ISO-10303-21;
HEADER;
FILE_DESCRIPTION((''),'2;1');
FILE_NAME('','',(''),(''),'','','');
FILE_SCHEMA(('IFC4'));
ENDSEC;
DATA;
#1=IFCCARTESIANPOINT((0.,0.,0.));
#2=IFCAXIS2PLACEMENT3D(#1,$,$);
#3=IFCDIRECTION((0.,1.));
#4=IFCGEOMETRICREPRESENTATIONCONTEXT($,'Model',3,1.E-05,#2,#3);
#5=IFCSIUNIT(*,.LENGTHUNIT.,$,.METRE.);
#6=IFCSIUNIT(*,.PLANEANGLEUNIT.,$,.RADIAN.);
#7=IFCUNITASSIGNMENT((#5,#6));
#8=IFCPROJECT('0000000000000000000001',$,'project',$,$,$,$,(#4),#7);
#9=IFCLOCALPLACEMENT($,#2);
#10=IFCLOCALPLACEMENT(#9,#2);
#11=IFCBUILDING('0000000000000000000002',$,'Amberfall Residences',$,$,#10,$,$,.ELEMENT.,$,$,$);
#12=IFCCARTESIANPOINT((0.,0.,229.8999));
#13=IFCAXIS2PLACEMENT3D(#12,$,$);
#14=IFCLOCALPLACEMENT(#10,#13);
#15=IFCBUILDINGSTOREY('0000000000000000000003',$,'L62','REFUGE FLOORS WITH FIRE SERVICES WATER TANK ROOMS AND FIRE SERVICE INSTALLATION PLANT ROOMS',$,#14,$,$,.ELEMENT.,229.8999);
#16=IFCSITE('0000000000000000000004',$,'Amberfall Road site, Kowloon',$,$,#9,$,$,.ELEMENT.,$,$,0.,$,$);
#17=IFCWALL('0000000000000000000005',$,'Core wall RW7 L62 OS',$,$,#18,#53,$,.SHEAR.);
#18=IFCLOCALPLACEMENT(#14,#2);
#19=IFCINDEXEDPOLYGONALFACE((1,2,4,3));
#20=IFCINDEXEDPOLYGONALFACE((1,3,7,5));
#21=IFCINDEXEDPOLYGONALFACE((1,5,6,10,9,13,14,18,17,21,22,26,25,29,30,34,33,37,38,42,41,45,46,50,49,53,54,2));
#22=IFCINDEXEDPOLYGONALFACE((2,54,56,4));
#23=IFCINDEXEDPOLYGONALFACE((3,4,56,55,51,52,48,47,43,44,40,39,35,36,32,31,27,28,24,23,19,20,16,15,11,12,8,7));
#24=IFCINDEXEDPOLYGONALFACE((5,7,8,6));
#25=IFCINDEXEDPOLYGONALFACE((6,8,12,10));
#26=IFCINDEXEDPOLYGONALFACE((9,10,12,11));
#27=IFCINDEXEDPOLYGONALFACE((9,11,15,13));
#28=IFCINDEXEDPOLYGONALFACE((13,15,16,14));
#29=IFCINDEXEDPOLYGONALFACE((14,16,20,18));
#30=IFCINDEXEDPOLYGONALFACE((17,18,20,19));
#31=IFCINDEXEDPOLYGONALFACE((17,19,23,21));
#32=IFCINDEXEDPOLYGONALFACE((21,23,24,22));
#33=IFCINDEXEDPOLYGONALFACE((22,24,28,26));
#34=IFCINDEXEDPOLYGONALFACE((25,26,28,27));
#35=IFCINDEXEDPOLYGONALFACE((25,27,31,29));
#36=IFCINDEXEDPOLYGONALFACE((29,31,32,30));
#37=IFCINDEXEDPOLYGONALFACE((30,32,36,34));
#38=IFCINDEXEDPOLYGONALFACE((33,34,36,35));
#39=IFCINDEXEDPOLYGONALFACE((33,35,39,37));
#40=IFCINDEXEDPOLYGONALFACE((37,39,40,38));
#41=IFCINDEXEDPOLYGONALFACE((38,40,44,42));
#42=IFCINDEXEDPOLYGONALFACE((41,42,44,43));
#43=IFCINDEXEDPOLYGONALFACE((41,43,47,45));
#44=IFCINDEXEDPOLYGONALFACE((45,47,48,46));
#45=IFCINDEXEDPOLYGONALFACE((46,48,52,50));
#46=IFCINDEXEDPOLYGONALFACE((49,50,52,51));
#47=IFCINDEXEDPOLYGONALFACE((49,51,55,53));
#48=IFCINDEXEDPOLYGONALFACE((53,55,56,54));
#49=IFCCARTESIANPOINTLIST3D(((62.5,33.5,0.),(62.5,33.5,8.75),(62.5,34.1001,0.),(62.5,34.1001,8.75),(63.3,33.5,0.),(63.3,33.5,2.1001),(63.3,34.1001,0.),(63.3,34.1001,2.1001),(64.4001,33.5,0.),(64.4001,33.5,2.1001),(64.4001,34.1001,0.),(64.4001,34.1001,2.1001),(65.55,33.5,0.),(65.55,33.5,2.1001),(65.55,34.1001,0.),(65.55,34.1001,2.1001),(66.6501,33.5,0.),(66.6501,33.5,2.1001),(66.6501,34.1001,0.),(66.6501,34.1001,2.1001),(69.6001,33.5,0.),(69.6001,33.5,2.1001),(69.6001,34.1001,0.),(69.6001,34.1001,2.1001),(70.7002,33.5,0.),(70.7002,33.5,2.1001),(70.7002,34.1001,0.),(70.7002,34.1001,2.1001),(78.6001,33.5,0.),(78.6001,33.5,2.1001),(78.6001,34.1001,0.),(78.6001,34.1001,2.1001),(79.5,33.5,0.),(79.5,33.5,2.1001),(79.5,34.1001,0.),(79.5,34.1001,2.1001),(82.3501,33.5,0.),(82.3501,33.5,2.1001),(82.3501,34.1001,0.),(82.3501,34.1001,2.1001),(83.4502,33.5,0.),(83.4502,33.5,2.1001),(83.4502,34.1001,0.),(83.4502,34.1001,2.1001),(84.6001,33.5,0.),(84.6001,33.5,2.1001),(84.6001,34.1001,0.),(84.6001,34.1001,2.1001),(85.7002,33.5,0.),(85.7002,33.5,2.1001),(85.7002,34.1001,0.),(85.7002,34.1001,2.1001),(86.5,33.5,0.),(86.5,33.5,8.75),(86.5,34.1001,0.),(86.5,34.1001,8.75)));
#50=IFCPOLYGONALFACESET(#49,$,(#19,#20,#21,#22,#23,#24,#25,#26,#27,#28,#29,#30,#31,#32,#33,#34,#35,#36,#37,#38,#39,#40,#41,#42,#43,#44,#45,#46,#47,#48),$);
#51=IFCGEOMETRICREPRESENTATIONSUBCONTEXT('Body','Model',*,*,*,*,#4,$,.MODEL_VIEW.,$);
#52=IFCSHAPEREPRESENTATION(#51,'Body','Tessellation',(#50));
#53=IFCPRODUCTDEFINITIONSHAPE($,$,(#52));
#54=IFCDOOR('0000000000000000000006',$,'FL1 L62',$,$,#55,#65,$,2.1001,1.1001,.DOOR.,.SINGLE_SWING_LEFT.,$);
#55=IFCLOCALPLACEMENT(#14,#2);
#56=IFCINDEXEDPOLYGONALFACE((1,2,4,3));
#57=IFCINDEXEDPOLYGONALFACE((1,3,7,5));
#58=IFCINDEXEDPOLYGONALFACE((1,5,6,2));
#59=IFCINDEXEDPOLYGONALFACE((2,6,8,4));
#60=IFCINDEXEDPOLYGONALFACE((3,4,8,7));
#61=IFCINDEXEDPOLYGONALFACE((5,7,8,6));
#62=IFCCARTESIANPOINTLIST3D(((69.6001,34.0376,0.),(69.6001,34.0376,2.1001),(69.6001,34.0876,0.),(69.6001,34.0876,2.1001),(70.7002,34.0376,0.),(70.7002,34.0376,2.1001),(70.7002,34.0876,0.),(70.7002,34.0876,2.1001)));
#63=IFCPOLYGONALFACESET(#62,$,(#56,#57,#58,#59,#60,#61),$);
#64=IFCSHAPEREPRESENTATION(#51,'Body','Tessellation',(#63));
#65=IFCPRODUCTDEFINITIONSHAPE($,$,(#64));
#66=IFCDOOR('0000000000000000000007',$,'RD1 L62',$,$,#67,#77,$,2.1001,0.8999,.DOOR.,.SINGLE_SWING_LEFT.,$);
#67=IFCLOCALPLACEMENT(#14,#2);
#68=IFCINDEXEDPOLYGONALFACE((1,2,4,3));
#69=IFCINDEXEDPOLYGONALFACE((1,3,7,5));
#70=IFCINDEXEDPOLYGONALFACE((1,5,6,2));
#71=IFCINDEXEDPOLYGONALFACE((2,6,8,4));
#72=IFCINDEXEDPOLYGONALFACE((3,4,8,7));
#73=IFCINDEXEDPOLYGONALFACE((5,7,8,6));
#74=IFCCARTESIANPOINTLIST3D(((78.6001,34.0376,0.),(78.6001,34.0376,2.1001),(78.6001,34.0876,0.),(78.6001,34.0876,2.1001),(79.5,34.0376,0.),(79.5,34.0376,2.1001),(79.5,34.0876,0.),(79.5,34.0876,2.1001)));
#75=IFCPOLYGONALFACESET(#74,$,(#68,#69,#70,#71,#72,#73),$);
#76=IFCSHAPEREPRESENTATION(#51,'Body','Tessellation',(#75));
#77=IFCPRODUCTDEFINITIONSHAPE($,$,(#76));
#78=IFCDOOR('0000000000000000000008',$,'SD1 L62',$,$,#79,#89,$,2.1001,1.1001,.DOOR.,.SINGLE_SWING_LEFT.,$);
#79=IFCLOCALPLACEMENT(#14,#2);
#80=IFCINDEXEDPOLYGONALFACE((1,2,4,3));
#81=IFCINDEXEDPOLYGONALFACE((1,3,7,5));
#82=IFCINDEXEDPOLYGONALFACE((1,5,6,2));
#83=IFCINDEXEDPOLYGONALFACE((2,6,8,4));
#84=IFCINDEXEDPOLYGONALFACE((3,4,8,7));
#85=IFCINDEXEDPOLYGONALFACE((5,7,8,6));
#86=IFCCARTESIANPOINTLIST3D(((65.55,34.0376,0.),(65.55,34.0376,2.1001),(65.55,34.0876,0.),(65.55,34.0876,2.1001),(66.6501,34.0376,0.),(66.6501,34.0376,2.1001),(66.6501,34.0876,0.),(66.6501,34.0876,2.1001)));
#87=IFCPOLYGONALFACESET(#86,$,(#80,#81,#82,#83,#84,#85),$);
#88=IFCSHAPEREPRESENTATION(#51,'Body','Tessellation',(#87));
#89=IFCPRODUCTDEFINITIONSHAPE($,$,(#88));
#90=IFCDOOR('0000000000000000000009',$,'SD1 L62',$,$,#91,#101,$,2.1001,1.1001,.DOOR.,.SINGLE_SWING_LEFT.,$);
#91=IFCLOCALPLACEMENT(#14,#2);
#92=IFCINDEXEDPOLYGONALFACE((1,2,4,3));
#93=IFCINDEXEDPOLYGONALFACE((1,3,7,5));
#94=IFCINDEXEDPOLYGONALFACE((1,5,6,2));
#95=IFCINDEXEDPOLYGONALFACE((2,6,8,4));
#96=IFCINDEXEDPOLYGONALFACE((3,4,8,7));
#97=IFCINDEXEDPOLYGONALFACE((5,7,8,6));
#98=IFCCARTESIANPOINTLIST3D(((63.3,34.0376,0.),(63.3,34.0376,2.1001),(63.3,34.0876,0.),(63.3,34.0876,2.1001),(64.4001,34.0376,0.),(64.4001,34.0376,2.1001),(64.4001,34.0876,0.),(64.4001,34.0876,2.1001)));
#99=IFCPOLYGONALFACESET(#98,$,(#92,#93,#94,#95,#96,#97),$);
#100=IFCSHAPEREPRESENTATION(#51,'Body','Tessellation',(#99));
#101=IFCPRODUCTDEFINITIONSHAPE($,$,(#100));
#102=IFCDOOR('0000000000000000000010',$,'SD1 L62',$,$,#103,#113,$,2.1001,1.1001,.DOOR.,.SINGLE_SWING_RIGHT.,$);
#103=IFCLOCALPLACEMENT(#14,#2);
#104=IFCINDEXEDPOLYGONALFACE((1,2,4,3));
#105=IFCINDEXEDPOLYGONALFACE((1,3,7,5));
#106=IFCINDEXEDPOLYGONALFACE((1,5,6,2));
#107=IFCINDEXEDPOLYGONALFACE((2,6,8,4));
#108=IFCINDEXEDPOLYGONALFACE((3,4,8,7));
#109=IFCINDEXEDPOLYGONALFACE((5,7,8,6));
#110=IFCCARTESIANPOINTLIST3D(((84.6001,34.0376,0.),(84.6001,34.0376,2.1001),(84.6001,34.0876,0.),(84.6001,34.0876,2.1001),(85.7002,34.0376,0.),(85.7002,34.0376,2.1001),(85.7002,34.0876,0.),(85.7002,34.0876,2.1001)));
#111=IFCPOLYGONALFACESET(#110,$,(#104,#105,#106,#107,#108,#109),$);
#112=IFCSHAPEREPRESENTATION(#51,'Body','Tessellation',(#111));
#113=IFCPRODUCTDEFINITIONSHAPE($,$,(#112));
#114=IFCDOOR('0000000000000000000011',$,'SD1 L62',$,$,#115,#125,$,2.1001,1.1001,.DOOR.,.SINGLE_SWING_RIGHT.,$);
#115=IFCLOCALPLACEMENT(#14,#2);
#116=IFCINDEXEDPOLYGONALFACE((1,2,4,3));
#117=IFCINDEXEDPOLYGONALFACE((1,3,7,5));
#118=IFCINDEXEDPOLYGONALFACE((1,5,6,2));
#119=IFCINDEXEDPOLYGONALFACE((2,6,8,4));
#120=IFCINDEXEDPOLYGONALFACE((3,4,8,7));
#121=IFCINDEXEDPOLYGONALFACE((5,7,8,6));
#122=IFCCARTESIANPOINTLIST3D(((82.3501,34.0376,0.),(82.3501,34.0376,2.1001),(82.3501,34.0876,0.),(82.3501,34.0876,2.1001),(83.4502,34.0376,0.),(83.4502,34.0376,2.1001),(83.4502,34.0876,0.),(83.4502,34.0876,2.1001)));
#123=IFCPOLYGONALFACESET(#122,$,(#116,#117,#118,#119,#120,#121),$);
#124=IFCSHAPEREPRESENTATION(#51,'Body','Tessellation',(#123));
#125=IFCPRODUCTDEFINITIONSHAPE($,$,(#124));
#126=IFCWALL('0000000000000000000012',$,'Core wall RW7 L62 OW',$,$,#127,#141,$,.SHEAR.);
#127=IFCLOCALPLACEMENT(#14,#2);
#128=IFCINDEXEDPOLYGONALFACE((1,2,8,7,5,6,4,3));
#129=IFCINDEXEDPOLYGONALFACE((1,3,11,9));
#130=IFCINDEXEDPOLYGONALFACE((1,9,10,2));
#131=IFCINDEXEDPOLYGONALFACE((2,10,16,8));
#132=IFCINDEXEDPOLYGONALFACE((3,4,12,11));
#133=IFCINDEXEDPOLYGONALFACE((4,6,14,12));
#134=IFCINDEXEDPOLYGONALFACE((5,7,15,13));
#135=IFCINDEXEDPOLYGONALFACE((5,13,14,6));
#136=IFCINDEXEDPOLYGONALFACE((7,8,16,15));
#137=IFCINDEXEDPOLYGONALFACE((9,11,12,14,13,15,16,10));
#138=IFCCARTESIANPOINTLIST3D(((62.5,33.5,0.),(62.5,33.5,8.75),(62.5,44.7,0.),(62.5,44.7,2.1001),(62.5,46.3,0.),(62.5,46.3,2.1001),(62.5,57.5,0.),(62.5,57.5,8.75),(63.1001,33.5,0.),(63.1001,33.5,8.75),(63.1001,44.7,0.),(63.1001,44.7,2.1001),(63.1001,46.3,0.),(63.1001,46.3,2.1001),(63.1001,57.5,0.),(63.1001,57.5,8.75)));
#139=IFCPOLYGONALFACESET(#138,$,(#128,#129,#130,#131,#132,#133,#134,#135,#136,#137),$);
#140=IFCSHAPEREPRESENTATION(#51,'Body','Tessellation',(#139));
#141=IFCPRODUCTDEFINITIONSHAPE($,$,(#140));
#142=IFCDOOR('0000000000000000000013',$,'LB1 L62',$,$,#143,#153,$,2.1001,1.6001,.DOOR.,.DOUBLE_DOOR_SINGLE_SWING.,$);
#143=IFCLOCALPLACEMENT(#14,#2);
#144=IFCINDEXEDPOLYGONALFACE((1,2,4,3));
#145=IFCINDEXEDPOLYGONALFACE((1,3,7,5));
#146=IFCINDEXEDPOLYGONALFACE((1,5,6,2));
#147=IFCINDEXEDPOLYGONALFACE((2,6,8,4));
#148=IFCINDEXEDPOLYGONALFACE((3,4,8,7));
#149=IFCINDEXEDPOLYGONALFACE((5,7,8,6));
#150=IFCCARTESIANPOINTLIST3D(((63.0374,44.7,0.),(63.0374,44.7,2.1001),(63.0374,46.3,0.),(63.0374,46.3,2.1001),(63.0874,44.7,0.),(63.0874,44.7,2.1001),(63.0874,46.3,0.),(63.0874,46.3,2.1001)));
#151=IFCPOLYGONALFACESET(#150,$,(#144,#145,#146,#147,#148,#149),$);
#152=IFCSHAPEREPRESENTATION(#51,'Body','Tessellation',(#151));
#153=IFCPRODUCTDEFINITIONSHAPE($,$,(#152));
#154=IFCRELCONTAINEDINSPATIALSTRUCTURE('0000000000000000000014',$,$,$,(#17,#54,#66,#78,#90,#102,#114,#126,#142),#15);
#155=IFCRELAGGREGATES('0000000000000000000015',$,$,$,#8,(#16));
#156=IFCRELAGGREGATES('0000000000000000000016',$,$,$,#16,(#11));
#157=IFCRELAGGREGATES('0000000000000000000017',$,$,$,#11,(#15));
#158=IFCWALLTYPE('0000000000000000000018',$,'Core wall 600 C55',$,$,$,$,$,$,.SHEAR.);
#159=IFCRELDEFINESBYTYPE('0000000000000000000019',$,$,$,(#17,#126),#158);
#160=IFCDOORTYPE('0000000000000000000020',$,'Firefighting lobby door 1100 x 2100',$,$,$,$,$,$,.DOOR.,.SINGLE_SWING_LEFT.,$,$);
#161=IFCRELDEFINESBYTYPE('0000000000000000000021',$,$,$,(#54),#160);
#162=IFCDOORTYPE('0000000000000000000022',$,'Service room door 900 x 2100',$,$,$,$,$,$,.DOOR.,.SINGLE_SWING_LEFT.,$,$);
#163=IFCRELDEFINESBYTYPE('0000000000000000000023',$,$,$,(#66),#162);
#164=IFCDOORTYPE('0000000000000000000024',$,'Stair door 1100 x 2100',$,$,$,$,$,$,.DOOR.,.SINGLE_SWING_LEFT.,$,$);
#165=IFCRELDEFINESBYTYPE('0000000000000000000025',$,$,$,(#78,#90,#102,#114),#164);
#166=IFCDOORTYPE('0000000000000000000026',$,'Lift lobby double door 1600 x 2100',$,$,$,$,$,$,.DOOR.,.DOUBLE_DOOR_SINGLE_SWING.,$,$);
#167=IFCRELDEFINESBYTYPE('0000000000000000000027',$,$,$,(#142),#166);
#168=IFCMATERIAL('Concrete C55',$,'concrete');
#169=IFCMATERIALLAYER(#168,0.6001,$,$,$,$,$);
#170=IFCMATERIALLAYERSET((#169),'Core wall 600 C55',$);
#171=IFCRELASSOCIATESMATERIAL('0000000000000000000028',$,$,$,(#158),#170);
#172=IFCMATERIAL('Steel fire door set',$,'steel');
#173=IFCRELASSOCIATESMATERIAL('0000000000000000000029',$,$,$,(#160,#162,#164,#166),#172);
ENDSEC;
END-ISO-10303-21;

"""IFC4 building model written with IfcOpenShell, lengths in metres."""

from ifc_helpers import new_model, si_unit, direction, frame, frame_2d, origin, place, context, subcontext, project, spatial, rectangle, extrude, material, layer, layer_set, type_object, element, fill, save


model = new_model("IFC4")

# Units and contexts
model_context = context("Model", 3, precision=1e-05, world=origin(), true_north=direction((0.0, 1.0)))
body_context = subcontext(model_context, "Body", "Model", "MODEL_VIEW")
ifc_project = project(units=[si_unit("LENGTHUNIT", "METRE"), si_unit("PLANEANGLEUNIT", "RADIAN")], contexts=[model_context])

# Site, building, storey
site_placement = place(None, origin())
site = spatial("IfcSite", under=ifc_project, at=site_placement, Name="Amberfall Road site, Kowloon", CompositionType="ELEMENT", RefElevation=0.0)
building_placement = place(site_placement, origin())
building = spatial("IfcBuilding", under=site, at=building_placement, Name="Amberfall Residences", CompositionType="ELEMENT")
storey_placement = place(building_placement, frame((0.0, 0.0, 229.8999)))
storey = spatial("IfcBuildingStorey", under=building, at=storey_placement, Name="L62", Description="REFUGE FLOORS WITH FIRE SERVICES WATER TANK ROOMS AND FIRE SERVICE INSTALLATION PLANT ROOMS", CompositionType="ELEMENT", Elevation=229.8999)

# Shared definitions
ifc_material_1 = material(Name="Concrete C55", Category="concrete")

# Wall, openings, doors
ifc_layer_1 = layer(ifc_material_1, 0.6001)
ifc_layer_set_1 = layer_set([ifc_layer_1], Name="Core wall 600 C55")
wall_type_1 = type_object("IfcWallType", Name="Core wall 600 C55", PredefinedType="SHEAR", material=ifc_layer_set_1)
wall_1_placement = place(storey_placement, frame((62.5, 33.8, 0.0), z_axis=(0.0, 0.0, 1.0), x_axis=(1.0, 0.0, 0.0)))
wall_1 = element("IfcWall", 1, at=wall_1_placement, inside=storey, type_object=wall_type_1, Name="Core wall RW7 L62 OS", PredefinedType="SHEAR", context=body_context, shape_type="SweptSolid", body=[
    extrude(rectangle(XDim=24.0, YDim=0.6001, at=frame_2d((12.0, 0.0))), origin(), (0.0, 0.0, 1.0), 8.75),
])
opening_1_placement = place(wall_1_placement, frame((3.05, 0.0, 0.0)))
opening_1 = element("IfcOpeningElement", 2, at=opening_1_placement, cuts=wall_1, PredefinedType="OPENING", context=body_context, shape_type="SweptSolid", body=[
    extrude(rectangle(XDim=1.1001, YDim=2.1001, at=frame_2d((0.55, 1.05))), frame((0.0, 0.3101, 0.0), z_axis=(0.0, -1.0, 0.0), x_axis=(1.0, 0.0, 0.0)), (0.0, 0.0, 1.0), 0.6201),
])
opening_2_placement = place(wall_1_placement, frame((0.8, 0.0, 0.0)))
opening_2 = element("IfcOpeningElement", 3, at=opening_2_placement, cuts=wall_1, PredefinedType="OPENING", context=body_context, shape_type="SweptSolid", body=[
    extrude(rectangle(XDim=1.1001, YDim=2.1001, at=frame_2d((0.55, 1.05))), frame((0.0, 0.3101, 0.0), z_axis=(0.0, -1.0, 0.0), x_axis=(1.0, 0.0, 0.0)), (0.0, 0.0, 1.0), 0.6201),
])
opening_3_placement = place(wall_1_placement, frame((22.1001, 0.0, 0.0)))
opening_3 = element("IfcOpeningElement", 4, at=opening_3_placement, cuts=wall_1, PredefinedType="OPENING", context=body_context, shape_type="SweptSolid", body=[
    extrude(rectangle(XDim=1.1001, YDim=2.1001, at=frame_2d((0.55, 1.05))), frame((0.0, 0.3101, 0.0), z_axis=(0.0, -1.0, 0.0), x_axis=(1.0, 0.0, 0.0)), (0.0, 0.0, 1.0), 0.6201),
])
opening_4_placement = place(wall_1_placement, frame((19.8501, 0.0, 0.0)))
opening_4 = element("IfcOpeningElement", 5, at=opening_4_placement, cuts=wall_1, PredefinedType="OPENING", context=body_context, shape_type="SweptSolid", body=[
    extrude(rectangle(XDim=1.1001, YDim=2.1001, at=frame_2d((0.55, 1.05))), frame((0.0, 0.3101, 0.0), z_axis=(0.0, -1.0, 0.0), x_axis=(1.0, 0.0, 0.0)), (0.0, 0.0, 1.0), 0.6201),
])
opening_5_placement = place(wall_1_placement, frame((7.1001, 0.0, 0.0)))
opening_5 = element("IfcOpeningElement", 6, at=opening_5_placement, cuts=wall_1, PredefinedType="OPENING", context=body_context, shape_type="SweptSolid", body=[
    extrude(rectangle(XDim=1.1001, YDim=2.1001, at=frame_2d((0.55, 1.05))), frame((0.0, 0.3101, 0.0), z_axis=(0.0, -1.0, 0.0), x_axis=(1.0, 0.0, 0.0)), (0.0, 0.0, 1.0), 0.6201),
])
opening_6_placement = place(wall_1_placement, frame((16.1001, 0.0, 0.0)))
opening_6 = element("IfcOpeningElement", 7, at=opening_6_placement, cuts=wall_1, PredefinedType="OPENING", context=body_context, shape_type="SweptSolid", body=[
    extrude(rectangle(XDim=0.8999, YDim=2.1001, at=frame_2d((0.45, 1.05))), frame((0.0, 0.3101, 0.0), z_axis=(0.0, -1.0, 0.0), x_axis=(1.0, 0.0, 0.0)), (0.0, 0.0, 1.0), 0.6201),
])
ifc_material_2 = material(Name="Steel fire door set", Category="steel")
door_type_1 = type_object("IfcDoorType", Name="Firefighting lobby door 1100 x 2100", OperationType="SINGLE_SWING_LEFT", PredefinedType="DOOR", material=ifc_material_2)
door_1_placement = place(opening_5_placement, origin())
door_1 = element("IfcDoor", 8, at=door_1_placement, inside=storey, type_object=door_type_1, Name="FL1 L62", OperationType="SINGLE_SWING_LEFT", OverallHeight=2.1001, OverallWidth=1.1001, PredefinedType="DOOR", context=body_context, shape_type="SweptSolid", body=[
    extrude(rectangle(XDim=1.1001, YDim=2.1001, at=frame_2d((0.55, 1.05))), frame((0.0, 0.2876, 0.0), z_axis=(0.0, -1.0, 0.0), x_axis=(1.0, 0.0, 0.0)), (0.0, 0.0, 1.0), 0.05),
])
fill(opening_5, door_1)
door_type_2 = type_object("IfcDoorType", Name="Service room door 900 x 2100", OperationType="SINGLE_SWING_LEFT", PredefinedType="DOOR", material=ifc_material_2)
door_2_placement = place(opening_6_placement, origin())
door_2 = element("IfcDoor", 9, at=door_2_placement, inside=storey, type_object=door_type_2, Name="RD1 L62", OperationType="SINGLE_SWING_LEFT", OverallHeight=2.1001, OverallWidth=0.8999, PredefinedType="DOOR", context=body_context, shape_type="SweptSolid", body=[
    extrude(rectangle(XDim=0.8999, YDim=2.1001, at=frame_2d((0.45, 1.05))), frame((0.0, 0.2876, 0.0), z_axis=(0.0, -1.0, 0.0), x_axis=(1.0, 0.0, 0.0)), (0.0, 0.0, 1.0), 0.05),
])
fill(opening_6, door_2)
door_type_3 = type_object("IfcDoorType", Name="Stair door 1100 x 2100", OperationType="SINGLE_SWING_LEFT", PredefinedType="DOOR", material=ifc_material_2)
door_3_placement = place(opening_1_placement, origin())
door_3 = element("IfcDoor", 10, at=door_3_placement, inside=storey, type_object=door_type_3, Name="SD1 L62", OperationType="SINGLE_SWING_LEFT", OverallHeight=2.1001, OverallWidth=1.1001, PredefinedType="DOOR", context=body_context, shape_type="SweptSolid", body=[
    extrude(rectangle(XDim=1.1001, YDim=2.1001, at=frame_2d((0.55, 1.05))), frame((0.0, 0.2876, 0.0), z_axis=(0.0, -1.0, 0.0), x_axis=(1.0, 0.0, 0.0)), (0.0, 0.0, 1.0), 0.05),
])
fill(opening_1, door_3)
door_4_placement = place(opening_2_placement, origin())
door_4 = element("IfcDoor", 11, at=door_4_placement, inside=storey, type_object=door_type_3, Name="SD1 L62", OperationType="SINGLE_SWING_LEFT", OverallHeight=2.1001, OverallWidth=1.1001, PredefinedType="DOOR", context=body_context, shape_type="SweptSolid", body=[
    extrude(rectangle(XDim=1.1001, YDim=2.1001, at=frame_2d((0.55, 1.05))), frame((0.0, 0.2876, 0.0), z_axis=(0.0, -1.0, 0.0), x_axis=(1.0, 0.0, 0.0)), (0.0, 0.0, 1.0), 0.05),
])
fill(opening_2, door_4)
door_5_placement = place(opening_3_placement, origin())
door_5 = element("IfcDoor", 12, at=door_5_placement, inside=storey, type_object=door_type_3, Name="SD1 L62", OperationType="SINGLE_SWING_RIGHT", OverallHeight=2.1001, OverallWidth=1.1001, PredefinedType="DOOR", context=body_context, shape_type="SweptSolid", body=[
    extrude(rectangle(XDim=1.1001, YDim=2.1001, at=frame_2d((0.55, 1.05))), frame((0.0, 0.2876, 0.0), z_axis=(0.0, -1.0, 0.0), x_axis=(1.0, 0.0, 0.0)), (0.0, 0.0, 1.0), 0.05),
])
fill(opening_3, door_5)
door_6_placement = place(opening_4_placement, origin())
door_6 = element("IfcDoor", 13, at=door_6_placement, inside=storey, type_object=door_type_3, Name="SD1 L62", OperationType="SINGLE_SWING_RIGHT", OverallHeight=2.1001, OverallWidth=1.1001, PredefinedType="DOOR", context=body_context, shape_type="SweptSolid", body=[
    extrude(rectangle(XDim=1.1001, YDim=2.1001, at=frame_2d((0.55, 1.05))), frame((0.0, 0.2876, 0.0), z_axis=(0.0, -1.0, 0.0), x_axis=(1.0, 0.0, 0.0)), (0.0, 0.0, 1.0), 0.05),
])
fill(opening_4, door_6)

# Wall, opening, door
wall_2_placement = place(storey_placement, frame((62.8, 33.5, 0.0), z_axis=(0.0, 0.0, 1.0), x_axis=(0.0, 1.0, 0.0)))
wall_2 = element("IfcWall", 14, at=wall_2_placement, inside=storey, type_object=wall_type_1, Name="Core wall RW7 L62 OW", PredefinedType="SHEAR", context=body_context, shape_type="SweptSolid", body=[
    extrude(rectangle(XDim=24.0, YDim=0.6001, at=frame_2d((12.0, 0.0))), origin(), (0.0, 0.0, 1.0), 8.75),
])
opening_7_placement = place(wall_2_placement, frame((11.2, 0.0, 0.0)))
opening_7 = element("IfcOpeningElement", 15, at=opening_7_placement, cuts=wall_2, PredefinedType="OPENING", context=body_context, shape_type="SweptSolid", body=[
    extrude(rectangle(XDim=1.6001, YDim=2.1001, at=frame_2d((0.8, 1.05))), frame((0.0, 0.3101, 0.0), z_axis=(0.0, -1.0, 0.0), x_axis=(1.0, 0.0, 0.0)), (0.0, 0.0, 1.0), 0.6201),
])
door_type_4 = type_object("IfcDoorType", Name="Lift lobby double door 1600 x 2100", OperationType="DOUBLE_DOOR_SINGLE_SWING", PredefinedType="DOOR", material=ifc_material_2)
door_7_placement = place(opening_7_placement, origin())
door_7 = element("IfcDoor", 16, at=door_7_placement, inside=storey, type_object=door_type_4, Name="LB1 L62", OperationType="DOUBLE_DOOR_SINGLE_SWING", OverallHeight=2.1001, OverallWidth=1.6001, PredefinedType="DOOR", context=body_context, shape_type="SweptSolid", body=[
    extrude(rectangle(XDim=1.6001, YDim=2.1001, at=frame_2d((0.8, 1.05))), frame((0.0, -0.2373, 0.0), z_axis=(0.0, -1.0, 0.0), x_axis=(1.0, 0.0, 0.0)), (0.0, 0.0, 1.0), 0.05),
])
fill(opening_7, door_7)

save(model, "model.ifc")
